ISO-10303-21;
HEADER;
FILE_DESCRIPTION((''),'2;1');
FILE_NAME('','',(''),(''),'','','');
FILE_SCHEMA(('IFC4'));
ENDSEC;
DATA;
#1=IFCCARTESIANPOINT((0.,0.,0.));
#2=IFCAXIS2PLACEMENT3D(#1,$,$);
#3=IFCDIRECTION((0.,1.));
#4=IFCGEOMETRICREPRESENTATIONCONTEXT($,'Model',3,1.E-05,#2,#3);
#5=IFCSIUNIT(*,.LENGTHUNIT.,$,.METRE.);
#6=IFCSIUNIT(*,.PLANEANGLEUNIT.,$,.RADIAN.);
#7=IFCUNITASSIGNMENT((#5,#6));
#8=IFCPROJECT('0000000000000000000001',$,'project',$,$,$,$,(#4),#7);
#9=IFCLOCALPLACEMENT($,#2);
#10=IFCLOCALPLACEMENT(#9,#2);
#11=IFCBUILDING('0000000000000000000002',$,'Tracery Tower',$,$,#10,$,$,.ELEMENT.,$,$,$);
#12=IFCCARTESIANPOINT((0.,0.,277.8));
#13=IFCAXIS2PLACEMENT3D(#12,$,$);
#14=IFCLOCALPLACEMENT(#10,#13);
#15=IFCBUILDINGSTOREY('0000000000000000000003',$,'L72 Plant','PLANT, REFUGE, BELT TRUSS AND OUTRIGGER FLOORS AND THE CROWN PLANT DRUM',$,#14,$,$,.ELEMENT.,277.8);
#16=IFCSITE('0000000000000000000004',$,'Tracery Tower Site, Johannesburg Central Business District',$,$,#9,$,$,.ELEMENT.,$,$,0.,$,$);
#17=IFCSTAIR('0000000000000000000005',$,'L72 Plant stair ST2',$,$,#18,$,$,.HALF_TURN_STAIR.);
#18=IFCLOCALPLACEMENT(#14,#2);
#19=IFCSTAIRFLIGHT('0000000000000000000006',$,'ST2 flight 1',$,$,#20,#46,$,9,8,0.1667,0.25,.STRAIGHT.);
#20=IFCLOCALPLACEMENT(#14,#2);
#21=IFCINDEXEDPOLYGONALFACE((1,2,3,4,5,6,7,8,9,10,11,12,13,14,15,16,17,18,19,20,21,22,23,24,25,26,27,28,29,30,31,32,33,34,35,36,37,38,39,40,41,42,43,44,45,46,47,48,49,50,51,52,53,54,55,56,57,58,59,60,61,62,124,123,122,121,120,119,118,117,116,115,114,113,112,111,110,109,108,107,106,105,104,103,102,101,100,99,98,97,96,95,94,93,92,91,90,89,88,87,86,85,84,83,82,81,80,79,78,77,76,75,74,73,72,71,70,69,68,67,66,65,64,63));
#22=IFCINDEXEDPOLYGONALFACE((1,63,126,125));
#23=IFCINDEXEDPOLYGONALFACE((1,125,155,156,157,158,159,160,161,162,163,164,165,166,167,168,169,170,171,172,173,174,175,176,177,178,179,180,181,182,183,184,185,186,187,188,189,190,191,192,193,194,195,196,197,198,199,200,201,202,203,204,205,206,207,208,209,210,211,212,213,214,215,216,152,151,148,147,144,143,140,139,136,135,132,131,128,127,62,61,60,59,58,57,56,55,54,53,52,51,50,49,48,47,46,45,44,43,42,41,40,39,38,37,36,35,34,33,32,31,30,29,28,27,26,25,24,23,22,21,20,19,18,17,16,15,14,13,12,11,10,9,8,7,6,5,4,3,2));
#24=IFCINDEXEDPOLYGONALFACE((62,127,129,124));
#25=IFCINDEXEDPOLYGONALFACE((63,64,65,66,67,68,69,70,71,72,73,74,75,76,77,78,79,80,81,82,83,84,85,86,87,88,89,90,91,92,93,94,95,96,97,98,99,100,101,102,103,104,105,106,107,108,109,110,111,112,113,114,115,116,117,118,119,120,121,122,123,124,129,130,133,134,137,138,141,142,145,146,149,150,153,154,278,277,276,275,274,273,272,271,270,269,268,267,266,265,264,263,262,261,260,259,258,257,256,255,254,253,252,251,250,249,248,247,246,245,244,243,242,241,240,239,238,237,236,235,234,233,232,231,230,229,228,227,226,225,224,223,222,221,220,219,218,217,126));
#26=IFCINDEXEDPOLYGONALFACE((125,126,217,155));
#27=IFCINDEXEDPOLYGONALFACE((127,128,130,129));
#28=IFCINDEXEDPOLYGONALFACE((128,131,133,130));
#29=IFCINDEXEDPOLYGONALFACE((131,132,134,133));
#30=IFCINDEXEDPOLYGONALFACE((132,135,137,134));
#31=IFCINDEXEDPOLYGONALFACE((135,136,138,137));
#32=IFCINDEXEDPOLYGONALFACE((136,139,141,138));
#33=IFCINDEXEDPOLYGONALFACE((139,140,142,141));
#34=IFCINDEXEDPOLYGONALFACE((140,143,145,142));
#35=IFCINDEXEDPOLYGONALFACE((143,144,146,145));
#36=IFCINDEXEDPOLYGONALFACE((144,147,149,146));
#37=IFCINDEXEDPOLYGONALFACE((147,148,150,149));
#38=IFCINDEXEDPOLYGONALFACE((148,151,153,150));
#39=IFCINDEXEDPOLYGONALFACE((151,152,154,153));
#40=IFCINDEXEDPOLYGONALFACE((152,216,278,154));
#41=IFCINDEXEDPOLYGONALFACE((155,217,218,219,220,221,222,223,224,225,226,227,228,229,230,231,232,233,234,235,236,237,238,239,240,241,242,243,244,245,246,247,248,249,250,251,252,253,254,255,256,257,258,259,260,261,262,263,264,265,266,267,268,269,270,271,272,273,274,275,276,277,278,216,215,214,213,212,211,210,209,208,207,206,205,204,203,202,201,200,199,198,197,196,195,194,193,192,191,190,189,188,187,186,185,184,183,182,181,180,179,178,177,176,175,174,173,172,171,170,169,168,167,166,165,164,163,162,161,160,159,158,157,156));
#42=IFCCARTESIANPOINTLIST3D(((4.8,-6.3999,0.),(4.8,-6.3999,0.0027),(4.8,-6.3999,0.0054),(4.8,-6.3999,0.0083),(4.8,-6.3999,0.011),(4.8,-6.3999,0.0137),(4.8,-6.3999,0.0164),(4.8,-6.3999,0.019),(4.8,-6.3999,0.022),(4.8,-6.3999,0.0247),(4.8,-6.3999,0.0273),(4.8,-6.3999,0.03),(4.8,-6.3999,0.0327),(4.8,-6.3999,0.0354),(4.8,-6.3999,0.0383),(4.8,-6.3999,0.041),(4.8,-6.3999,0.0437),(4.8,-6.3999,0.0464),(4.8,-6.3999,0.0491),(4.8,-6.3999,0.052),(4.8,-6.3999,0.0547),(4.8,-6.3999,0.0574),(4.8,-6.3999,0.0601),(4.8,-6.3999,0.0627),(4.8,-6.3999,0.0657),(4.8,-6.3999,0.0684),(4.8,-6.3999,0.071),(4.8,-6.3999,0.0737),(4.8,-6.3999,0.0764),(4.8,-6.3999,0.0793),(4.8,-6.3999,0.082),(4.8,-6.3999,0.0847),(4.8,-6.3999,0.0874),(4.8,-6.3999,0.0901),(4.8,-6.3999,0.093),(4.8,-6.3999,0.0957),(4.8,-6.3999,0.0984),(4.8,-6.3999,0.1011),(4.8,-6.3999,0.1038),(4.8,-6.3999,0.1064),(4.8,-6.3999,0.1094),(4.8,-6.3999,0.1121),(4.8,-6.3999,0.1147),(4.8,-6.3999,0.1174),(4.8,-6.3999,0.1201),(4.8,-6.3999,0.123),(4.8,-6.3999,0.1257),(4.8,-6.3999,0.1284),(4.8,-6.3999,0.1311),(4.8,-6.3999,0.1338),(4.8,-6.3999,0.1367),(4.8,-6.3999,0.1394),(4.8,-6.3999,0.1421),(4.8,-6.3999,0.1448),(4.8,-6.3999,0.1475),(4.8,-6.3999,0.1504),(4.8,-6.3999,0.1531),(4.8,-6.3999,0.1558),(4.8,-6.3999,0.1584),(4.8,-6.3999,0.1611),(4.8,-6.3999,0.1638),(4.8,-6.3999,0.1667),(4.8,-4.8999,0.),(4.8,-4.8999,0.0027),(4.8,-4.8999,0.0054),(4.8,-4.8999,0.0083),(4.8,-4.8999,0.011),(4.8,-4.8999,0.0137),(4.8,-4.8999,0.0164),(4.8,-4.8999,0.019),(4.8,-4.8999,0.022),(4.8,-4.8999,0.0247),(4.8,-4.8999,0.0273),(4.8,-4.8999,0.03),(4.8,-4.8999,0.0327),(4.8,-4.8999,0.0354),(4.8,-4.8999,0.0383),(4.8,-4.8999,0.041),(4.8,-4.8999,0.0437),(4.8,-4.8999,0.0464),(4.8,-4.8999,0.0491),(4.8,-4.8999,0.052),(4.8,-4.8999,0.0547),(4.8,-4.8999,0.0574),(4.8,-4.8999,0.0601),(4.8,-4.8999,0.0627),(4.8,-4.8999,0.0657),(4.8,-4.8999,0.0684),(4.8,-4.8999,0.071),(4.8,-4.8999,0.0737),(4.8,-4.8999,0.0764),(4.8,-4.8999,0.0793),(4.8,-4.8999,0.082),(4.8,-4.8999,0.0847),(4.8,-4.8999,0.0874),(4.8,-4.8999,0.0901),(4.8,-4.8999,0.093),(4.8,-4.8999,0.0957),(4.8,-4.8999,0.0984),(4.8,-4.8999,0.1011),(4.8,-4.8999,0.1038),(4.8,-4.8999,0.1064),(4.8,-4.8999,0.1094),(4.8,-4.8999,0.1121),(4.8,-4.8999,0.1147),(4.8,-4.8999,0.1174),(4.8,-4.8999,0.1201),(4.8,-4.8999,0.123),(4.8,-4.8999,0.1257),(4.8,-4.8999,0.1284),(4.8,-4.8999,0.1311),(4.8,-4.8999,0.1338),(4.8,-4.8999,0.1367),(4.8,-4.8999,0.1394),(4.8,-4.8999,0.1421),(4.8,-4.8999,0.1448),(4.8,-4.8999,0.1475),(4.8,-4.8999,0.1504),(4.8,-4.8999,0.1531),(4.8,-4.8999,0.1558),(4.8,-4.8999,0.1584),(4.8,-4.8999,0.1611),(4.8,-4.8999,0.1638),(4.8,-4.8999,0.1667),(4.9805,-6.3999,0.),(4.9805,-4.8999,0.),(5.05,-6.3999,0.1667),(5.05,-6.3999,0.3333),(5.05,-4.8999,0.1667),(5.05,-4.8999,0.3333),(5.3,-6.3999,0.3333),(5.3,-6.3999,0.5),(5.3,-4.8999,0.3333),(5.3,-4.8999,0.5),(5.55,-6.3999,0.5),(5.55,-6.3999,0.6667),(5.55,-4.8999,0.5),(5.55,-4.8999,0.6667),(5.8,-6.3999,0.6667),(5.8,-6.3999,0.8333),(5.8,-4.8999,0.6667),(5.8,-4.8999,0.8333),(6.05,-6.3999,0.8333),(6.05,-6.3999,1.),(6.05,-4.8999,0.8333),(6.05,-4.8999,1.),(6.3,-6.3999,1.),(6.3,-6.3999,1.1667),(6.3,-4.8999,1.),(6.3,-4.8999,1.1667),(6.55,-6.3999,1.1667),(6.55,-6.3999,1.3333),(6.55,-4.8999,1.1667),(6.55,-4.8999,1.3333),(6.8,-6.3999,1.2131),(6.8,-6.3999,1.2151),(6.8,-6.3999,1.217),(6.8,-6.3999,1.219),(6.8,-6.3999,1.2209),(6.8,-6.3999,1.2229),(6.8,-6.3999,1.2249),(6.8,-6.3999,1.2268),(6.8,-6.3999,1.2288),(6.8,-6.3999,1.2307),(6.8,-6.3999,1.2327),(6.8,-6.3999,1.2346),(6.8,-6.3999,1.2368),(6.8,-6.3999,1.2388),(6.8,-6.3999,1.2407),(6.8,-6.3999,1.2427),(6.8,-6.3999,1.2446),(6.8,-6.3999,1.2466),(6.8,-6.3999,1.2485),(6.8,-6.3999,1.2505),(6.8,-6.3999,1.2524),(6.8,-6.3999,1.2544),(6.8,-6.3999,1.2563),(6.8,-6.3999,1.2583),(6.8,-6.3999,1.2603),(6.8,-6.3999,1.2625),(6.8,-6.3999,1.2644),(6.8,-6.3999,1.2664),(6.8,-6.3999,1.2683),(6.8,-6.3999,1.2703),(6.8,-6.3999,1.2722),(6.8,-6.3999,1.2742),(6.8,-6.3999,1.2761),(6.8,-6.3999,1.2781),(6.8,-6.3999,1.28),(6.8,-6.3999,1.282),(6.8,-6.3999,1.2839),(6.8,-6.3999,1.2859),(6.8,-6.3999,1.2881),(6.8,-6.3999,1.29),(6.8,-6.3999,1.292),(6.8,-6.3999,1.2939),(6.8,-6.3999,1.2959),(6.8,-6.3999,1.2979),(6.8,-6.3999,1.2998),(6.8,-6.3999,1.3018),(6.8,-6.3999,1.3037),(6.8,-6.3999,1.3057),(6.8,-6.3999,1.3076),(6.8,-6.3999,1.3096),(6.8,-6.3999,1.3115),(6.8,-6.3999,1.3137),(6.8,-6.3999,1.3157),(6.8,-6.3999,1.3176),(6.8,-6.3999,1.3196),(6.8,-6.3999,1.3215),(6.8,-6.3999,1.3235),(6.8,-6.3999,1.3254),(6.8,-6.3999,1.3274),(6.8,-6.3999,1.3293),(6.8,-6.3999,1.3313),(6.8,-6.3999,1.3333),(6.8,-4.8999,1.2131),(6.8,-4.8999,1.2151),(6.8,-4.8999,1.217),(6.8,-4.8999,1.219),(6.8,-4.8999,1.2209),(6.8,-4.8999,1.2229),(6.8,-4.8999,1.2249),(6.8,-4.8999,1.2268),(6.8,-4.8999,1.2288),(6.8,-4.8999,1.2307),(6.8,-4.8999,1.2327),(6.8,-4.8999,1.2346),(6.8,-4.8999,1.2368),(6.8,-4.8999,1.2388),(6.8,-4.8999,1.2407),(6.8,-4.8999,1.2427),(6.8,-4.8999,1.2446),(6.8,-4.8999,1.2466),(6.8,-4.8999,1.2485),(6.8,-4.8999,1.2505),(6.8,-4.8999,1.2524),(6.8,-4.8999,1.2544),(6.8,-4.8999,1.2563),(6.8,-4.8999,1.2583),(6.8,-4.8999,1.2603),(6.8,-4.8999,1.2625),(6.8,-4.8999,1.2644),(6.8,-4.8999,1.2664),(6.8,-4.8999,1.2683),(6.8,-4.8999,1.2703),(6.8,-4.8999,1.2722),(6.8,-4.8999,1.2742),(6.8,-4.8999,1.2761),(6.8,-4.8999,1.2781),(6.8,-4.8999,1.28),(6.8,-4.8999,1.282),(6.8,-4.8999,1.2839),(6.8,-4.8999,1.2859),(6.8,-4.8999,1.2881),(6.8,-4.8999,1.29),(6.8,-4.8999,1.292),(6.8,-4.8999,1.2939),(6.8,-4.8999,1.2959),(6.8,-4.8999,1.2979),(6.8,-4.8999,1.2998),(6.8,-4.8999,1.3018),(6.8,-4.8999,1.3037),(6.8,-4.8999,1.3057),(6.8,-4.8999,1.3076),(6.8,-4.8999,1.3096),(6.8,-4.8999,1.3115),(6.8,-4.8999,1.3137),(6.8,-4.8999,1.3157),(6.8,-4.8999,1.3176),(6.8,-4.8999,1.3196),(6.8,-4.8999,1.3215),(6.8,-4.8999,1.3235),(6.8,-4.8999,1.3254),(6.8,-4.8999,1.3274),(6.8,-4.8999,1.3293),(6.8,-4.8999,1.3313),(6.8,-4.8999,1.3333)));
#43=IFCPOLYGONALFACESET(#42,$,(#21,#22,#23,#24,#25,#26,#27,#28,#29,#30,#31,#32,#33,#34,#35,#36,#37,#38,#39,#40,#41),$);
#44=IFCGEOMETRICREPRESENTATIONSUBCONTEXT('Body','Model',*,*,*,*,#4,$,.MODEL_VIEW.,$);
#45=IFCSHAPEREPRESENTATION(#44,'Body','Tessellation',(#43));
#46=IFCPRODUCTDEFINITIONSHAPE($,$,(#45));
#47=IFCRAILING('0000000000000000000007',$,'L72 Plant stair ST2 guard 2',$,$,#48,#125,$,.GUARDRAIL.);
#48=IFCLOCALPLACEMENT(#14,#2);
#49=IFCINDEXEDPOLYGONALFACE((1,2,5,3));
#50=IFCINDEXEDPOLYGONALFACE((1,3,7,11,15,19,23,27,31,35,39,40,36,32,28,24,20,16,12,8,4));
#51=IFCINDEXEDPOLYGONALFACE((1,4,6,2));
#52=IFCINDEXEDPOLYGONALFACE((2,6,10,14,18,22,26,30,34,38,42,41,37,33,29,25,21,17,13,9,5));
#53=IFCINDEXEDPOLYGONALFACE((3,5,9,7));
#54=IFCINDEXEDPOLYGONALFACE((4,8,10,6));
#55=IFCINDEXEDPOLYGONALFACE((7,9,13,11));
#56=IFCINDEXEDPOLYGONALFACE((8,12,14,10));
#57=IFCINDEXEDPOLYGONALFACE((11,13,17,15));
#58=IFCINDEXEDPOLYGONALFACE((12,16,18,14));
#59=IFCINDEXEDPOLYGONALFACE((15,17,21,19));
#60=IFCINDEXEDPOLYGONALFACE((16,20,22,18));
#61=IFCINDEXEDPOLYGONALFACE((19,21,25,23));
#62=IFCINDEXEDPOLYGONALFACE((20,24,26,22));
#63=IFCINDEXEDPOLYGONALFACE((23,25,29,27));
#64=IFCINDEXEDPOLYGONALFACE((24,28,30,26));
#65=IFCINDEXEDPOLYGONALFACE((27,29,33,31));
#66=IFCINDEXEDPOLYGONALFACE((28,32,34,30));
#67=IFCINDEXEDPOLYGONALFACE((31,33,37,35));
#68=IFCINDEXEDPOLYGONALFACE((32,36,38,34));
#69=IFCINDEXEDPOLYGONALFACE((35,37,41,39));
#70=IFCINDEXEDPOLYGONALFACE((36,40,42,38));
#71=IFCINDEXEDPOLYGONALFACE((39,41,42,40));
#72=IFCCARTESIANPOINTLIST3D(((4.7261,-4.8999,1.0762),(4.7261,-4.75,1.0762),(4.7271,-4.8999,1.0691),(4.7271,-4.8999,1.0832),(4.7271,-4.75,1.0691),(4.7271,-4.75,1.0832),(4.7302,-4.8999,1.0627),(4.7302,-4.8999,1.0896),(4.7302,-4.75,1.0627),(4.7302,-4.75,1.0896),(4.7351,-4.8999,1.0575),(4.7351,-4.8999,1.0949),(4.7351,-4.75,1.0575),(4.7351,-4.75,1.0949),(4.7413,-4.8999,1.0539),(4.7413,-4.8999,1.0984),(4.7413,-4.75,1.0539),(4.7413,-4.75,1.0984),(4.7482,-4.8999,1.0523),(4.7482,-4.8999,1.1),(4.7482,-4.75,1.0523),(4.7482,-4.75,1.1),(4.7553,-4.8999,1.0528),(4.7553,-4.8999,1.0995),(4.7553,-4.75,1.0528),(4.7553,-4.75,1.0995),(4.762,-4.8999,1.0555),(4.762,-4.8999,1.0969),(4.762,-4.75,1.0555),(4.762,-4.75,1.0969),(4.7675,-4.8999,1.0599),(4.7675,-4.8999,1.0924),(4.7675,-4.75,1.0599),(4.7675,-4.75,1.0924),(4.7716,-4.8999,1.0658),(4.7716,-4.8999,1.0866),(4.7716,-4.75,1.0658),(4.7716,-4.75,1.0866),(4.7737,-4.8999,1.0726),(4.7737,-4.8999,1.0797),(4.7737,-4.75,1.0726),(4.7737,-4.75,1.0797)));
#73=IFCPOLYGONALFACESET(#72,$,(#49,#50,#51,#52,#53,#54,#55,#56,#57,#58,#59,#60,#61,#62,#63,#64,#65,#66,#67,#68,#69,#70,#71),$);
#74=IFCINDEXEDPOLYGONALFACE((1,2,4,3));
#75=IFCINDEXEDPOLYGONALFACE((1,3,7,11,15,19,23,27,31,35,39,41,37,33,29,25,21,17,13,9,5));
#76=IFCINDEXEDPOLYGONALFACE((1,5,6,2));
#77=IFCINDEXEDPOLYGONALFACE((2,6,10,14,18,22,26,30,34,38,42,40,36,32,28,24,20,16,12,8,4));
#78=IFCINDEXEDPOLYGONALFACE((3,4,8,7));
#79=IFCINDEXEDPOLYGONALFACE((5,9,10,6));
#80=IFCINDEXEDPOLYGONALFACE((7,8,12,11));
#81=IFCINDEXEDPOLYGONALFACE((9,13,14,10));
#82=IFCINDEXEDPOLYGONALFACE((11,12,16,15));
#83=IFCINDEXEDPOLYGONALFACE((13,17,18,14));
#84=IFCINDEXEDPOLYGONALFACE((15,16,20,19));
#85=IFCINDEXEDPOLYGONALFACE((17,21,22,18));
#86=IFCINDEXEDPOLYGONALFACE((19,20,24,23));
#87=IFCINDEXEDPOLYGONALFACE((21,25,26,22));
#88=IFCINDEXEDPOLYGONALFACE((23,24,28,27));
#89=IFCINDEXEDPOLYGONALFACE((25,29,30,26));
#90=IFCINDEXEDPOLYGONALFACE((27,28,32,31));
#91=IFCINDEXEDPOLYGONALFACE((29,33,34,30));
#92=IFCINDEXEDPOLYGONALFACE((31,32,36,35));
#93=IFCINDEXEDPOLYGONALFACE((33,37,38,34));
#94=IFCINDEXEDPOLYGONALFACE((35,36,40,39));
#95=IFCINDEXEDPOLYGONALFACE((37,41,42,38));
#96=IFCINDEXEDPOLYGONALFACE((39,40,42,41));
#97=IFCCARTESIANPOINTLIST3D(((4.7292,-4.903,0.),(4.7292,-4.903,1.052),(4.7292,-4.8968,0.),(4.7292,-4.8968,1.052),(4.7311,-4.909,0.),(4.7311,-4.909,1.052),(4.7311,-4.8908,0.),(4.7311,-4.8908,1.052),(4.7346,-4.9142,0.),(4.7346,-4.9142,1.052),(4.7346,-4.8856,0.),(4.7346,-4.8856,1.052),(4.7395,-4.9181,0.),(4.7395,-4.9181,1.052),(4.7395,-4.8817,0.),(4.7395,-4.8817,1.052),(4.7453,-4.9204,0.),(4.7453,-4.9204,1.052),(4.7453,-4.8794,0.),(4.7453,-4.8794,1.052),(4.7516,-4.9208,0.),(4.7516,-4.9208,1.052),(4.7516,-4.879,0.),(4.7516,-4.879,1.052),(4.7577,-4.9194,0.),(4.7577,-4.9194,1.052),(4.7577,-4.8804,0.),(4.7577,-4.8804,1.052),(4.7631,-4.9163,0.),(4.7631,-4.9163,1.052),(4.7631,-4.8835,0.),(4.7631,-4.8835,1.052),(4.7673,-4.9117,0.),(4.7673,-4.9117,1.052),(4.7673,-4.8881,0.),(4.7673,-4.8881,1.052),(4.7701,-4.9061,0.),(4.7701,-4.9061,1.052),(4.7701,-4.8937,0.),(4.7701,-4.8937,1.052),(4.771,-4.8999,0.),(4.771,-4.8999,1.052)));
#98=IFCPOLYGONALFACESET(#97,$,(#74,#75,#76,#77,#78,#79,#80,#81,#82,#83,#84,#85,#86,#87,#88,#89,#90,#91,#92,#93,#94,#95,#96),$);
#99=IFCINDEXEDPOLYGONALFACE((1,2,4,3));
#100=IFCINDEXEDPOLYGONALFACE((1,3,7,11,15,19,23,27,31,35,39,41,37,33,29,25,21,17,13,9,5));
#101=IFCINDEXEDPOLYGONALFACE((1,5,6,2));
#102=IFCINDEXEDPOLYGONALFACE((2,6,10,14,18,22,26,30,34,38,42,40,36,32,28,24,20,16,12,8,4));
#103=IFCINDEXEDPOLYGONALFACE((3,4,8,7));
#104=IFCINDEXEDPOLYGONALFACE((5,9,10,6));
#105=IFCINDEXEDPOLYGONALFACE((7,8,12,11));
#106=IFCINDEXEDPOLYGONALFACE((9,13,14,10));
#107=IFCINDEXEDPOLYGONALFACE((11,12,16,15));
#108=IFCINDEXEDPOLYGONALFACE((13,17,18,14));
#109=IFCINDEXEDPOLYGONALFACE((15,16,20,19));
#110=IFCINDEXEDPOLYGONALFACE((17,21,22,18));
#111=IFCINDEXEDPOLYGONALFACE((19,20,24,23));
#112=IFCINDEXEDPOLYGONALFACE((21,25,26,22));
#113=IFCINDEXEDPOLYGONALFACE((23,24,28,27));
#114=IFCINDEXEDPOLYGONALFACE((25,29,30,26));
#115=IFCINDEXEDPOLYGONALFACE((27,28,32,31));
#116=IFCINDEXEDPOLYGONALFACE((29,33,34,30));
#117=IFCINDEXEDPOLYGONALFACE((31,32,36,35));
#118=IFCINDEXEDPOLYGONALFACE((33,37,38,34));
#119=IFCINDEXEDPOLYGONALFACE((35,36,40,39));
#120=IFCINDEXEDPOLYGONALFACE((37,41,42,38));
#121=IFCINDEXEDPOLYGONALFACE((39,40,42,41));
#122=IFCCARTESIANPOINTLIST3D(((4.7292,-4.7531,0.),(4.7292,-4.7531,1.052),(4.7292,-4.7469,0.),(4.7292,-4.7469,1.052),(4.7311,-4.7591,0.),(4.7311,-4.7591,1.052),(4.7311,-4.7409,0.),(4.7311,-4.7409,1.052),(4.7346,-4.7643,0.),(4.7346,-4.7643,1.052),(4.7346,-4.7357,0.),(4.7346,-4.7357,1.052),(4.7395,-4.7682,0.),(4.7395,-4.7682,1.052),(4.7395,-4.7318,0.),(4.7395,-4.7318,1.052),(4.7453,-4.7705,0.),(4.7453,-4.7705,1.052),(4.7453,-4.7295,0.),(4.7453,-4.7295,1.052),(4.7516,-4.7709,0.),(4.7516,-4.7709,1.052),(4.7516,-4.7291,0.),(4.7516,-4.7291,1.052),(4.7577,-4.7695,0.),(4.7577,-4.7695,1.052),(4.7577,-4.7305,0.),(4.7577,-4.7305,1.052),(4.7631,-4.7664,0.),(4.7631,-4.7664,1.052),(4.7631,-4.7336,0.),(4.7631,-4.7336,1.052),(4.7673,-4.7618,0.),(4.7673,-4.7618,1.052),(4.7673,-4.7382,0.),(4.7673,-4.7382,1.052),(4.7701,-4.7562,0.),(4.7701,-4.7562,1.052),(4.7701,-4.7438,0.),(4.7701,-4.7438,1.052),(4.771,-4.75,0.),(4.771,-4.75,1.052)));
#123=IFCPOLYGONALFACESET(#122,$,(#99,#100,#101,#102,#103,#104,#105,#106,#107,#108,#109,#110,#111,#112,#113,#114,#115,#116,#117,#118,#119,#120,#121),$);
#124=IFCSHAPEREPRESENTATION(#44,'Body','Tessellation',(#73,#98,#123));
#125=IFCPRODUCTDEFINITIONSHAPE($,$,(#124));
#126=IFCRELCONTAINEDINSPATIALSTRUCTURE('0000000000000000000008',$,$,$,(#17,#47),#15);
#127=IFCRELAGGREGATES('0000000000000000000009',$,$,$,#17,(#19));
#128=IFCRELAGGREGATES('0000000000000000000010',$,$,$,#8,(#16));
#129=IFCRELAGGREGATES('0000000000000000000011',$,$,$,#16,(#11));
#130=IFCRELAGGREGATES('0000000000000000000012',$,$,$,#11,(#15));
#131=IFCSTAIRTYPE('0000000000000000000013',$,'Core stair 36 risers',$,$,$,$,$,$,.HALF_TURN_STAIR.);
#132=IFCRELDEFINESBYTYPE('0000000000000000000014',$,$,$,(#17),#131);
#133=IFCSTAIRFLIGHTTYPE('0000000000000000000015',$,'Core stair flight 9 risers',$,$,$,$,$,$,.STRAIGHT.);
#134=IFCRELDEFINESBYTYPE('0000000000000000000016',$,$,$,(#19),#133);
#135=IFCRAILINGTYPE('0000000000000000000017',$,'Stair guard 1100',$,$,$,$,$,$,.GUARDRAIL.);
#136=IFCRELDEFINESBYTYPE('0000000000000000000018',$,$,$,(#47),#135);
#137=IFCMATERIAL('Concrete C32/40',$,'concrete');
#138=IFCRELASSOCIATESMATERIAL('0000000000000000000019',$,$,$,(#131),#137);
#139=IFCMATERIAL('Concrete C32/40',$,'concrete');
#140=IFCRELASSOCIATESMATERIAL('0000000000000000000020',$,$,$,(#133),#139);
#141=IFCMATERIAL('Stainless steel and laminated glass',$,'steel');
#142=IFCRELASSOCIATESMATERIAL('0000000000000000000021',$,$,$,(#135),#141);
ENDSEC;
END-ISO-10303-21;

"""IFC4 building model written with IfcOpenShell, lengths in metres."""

from ifc_helpers import new_model, si_unit, direction, frame, origin, origin_2d, place, context, subcontext, project, spatial, polyline, circle, outline, extrude, material, type_object, element, aggregate, save


model = new_model("IFC4")

# Units and contexts
model_context = context("Model", 3, precision=1e-05, world=origin(), true_north=direction((0.0, 1.0)))
body_context = subcontext(model_context, "Body", "Model", "MODEL_VIEW")
ifc_project = project(units=[si_unit("LENGTHUNIT", "METRE"), si_unit("PLANEANGLEUNIT", "RADIAN")], contexts=[model_context])

# Site, building, storey
site_placement = place(None, origin())
site = spatial("IfcSite", under=ifc_project, at=site_placement, Name="Tracery Tower Site, Johannesburg Central Business District", CompositionType="ELEMENT", RefElevation=0.0)
building_placement = place(site_placement, origin())
building = spatial("IfcBuilding", under=site, at=building_placement, Name="Tracery Tower", CompositionType="ELEMENT")
storey_placement = place(building_placement, frame((0.0, 0.0, 277.8)))
storey = spatial("IfcBuildingStorey", under=building, at=storey_placement, Name="L72 Plant", Description="PLANT, REFUGE, BELT TRUSS AND OUTRIGGER FLOORS AND THE CROWN PLANT DRUM", CompositionType="ELEMENT", Elevation=277.8)

# Stair, stair flight
ifc_material_1 = material(Name="Concrete C32/40", Category="concrete")
stair_type = type_object("IfcStairType", Name="Core stair 36 risers", PredefinedType="HALF_TURN_STAIR", material=ifc_material_1)
stair_placement = place(storey_placement, origin())
stair = element("IfcStair", 1, at=stair_placement, inside=storey, type_object=stair_type, Name="L72 Plant stair ST2", PredefinedType="HALF_TURN_STAIR")
ifc_material_2 = material(Name="Concrete C32/40", Category="concrete")
stair_flight_type = type_object("IfcStairFlightType", Name="Core stair flight 9 risers", PredefinedType="STRAIGHT", material=ifc_material_2)
stair_flight_1_placement = place(storey_placement, frame((4.8, -5.6499, 0.0), z_axis=(0.0, 0.0, 1.0), x_axis=(1.0, 0.0, 0.0)))
stair_flight_1 = element("IfcStairFlight", 2, at=stair_flight_1_placement, type_object=stair_flight_type, Name="ST2 flight 1", NumberOfRisers=9, NumberOfTreads=8, PredefinedType="STRAIGHT", RiserHeight=0.1667, TreadLength=0.25, context=body_context, shape_type="SweptSolid", body=[
    extrude(outline(polyline([(0.0, 0.0), (0.0, 0.0027), (0.0, 0.0054), (0.0, 0.0083), (0.0, 0.011), (0.0, 0.0137), (0.0, 0.0164), (0.0, 0.019), (0.0, 0.022), (0.0, 0.0247), (0.0, 0.0273), (0.0, 0.03), (0.0, 0.0327), (0.0, 0.0354), (0.0, 0.0383), (0.0, 0.041), (0.0, 0.0437), (0.0, 0.0464), (0.0, 0.0491), (0.0, 0.052), (0.0, 0.0547), (0.0, 0.0574), (0.0, 0.0601), (0.0, 0.0627), (0.0, 0.0657), (0.0, 0.0684), (0.0, 0.071), (0.0, 0.0737), (0.0, 0.0764), (0.0, 0.0793), (0.0, 0.082), (0.0, 0.0847), (0.0, 0.0874), (0.0, 0.0901), (0.0, 0.093), (0.0, 0.0957), (0.0, 0.0984), (0.0, 0.1011), (0.0, 0.1038), (0.0, 0.1064), (0.0, 0.1094), (0.0, 0.1121), (0.0, 0.1147), (0.0, 0.1174), (0.0, 0.1201), (0.0, 0.123), (0.0, 0.1257), (0.0, 0.1284), (0.0, 0.1311), (0.0, 0.1338), (0.0, 0.1367), (0.0, 0.1394), (0.0, 0.1421), (0.0, 0.1448), (0.0, 0.1475), (0.0, 0.1504), (0.0, 0.1531), (0.0, 0.1558), (0.0, 0.1584), (0.0, 0.1611), (0.0, 0.1638), (0.0, 0.1667), (0.25, 0.1667), (0.25, 0.3333), (0.5, 0.3333), (0.5, 0.5), (0.75, 0.5), (0.75, 0.6667), (1.0, 0.6667), (1.0, 0.8333), (1.25, 0.8333), (1.25, 1.0), (1.5, 1.0), (1.5, 1.1667), (1.75, 1.1667), (1.75, 1.3333), (2.0, 1.3333), (2.0, 1.3313), (2.0, 1.3293), (2.0, 1.3274), (2.0, 1.3254), (2.0, 1.3235), (2.0, 1.3215), (2.0, 1.3196), (2.0, 1.3176), (2.0, 1.3157), (2.0, 1.3137), (2.0, 1.3115), (2.0, 1.3096), (2.0, 1.3076), (2.0, 1.3057), (2.0, 1.3037), (2.0, 1.3018), (2.0, 1.2998), (2.0, 1.2979), (2.0, 1.2959), (2.0, 1.2939), (2.0, 1.292), (2.0, 1.29), (2.0, 1.2881), (2.0, 1.2859), (2.0, 1.2839), (2.0, 1.282), (2.0, 1.28), (2.0, 1.2781), (2.0, 1.2761), (2.0, 1.2742), (2.0, 1.2722), (2.0, 1.2703), (2.0, 1.2683), (2.0, 1.2664), (2.0, 1.2644), (2.0, 1.2625), (2.0, 1.2603), (2.0, 1.2583), (2.0, 1.2563), (2.0, 1.2544), (2.0, 1.2524), (2.0, 1.2505), (2.0, 1.2485), (2.0, 1.2466), (2.0, 1.2446), (2.0, 1.2427), (2.0, 1.2407), (2.0, 1.2388), (2.0, 1.2368), (2.0, 1.2346), (2.0, 1.2327), (2.0, 1.2307), (2.0, 1.2288), (2.0, 1.2268), (2.0, 1.2249), (2.0, 1.2229), (2.0, 1.2209), (2.0, 1.219), (2.0, 1.217), (2.0, 1.2151), (2.0, 1.2131), (0.1804, 0.0), (0.0, 0.0)])), frame((0.0, 0.75, 0.0), z_axis=(0.0, -1.0, 0.0), x_axis=(1.0, 0.0, 0.0)), (0.0, 0.0, 1.0), 1.5),
])
aggregate(stair, [stair_flight_1])

# Railing
ifc_material_3 = material(Name="Stainless steel and laminated glass", Category="steel")
railing_type_1 = type_object("IfcRailingType", Name="Stair guard 1100", PredefinedType="GUARDRAIL", material=ifc_material_3)
railing_1_placement = place(storey_placement, frame((4.75, -4.8999, 0.0)))
element("IfcRailing", 3, at=railing_1_placement, inside=storey, type_object=railing_type_1, Name="L72 Plant stair ST2 guard 2", PredefinedType="GUARDRAIL", context=body_context, shape_type="SweptSolid", body=[
    extrude(circle(Radius=0.0239, at=origin_2d()), frame((0.0, 0.0, 1.0762), z_axis=(0.0, 1.0, 0.0), x_axis=(-1.0, 0.0, 0.0)), (0.0, 0.0, 1.0), 0.1499),
    extrude(circle(Radius=0.021, at=origin_2d()), origin(), (0.0, 0.0, 1.0), 1.052),
    extrude(circle(Radius=0.021, at=origin_2d()), frame((0.0, 0.1499, 0.0)), (0.0, 0.0, 1.0), 1.052),
])

save(model, "model.ifc")
